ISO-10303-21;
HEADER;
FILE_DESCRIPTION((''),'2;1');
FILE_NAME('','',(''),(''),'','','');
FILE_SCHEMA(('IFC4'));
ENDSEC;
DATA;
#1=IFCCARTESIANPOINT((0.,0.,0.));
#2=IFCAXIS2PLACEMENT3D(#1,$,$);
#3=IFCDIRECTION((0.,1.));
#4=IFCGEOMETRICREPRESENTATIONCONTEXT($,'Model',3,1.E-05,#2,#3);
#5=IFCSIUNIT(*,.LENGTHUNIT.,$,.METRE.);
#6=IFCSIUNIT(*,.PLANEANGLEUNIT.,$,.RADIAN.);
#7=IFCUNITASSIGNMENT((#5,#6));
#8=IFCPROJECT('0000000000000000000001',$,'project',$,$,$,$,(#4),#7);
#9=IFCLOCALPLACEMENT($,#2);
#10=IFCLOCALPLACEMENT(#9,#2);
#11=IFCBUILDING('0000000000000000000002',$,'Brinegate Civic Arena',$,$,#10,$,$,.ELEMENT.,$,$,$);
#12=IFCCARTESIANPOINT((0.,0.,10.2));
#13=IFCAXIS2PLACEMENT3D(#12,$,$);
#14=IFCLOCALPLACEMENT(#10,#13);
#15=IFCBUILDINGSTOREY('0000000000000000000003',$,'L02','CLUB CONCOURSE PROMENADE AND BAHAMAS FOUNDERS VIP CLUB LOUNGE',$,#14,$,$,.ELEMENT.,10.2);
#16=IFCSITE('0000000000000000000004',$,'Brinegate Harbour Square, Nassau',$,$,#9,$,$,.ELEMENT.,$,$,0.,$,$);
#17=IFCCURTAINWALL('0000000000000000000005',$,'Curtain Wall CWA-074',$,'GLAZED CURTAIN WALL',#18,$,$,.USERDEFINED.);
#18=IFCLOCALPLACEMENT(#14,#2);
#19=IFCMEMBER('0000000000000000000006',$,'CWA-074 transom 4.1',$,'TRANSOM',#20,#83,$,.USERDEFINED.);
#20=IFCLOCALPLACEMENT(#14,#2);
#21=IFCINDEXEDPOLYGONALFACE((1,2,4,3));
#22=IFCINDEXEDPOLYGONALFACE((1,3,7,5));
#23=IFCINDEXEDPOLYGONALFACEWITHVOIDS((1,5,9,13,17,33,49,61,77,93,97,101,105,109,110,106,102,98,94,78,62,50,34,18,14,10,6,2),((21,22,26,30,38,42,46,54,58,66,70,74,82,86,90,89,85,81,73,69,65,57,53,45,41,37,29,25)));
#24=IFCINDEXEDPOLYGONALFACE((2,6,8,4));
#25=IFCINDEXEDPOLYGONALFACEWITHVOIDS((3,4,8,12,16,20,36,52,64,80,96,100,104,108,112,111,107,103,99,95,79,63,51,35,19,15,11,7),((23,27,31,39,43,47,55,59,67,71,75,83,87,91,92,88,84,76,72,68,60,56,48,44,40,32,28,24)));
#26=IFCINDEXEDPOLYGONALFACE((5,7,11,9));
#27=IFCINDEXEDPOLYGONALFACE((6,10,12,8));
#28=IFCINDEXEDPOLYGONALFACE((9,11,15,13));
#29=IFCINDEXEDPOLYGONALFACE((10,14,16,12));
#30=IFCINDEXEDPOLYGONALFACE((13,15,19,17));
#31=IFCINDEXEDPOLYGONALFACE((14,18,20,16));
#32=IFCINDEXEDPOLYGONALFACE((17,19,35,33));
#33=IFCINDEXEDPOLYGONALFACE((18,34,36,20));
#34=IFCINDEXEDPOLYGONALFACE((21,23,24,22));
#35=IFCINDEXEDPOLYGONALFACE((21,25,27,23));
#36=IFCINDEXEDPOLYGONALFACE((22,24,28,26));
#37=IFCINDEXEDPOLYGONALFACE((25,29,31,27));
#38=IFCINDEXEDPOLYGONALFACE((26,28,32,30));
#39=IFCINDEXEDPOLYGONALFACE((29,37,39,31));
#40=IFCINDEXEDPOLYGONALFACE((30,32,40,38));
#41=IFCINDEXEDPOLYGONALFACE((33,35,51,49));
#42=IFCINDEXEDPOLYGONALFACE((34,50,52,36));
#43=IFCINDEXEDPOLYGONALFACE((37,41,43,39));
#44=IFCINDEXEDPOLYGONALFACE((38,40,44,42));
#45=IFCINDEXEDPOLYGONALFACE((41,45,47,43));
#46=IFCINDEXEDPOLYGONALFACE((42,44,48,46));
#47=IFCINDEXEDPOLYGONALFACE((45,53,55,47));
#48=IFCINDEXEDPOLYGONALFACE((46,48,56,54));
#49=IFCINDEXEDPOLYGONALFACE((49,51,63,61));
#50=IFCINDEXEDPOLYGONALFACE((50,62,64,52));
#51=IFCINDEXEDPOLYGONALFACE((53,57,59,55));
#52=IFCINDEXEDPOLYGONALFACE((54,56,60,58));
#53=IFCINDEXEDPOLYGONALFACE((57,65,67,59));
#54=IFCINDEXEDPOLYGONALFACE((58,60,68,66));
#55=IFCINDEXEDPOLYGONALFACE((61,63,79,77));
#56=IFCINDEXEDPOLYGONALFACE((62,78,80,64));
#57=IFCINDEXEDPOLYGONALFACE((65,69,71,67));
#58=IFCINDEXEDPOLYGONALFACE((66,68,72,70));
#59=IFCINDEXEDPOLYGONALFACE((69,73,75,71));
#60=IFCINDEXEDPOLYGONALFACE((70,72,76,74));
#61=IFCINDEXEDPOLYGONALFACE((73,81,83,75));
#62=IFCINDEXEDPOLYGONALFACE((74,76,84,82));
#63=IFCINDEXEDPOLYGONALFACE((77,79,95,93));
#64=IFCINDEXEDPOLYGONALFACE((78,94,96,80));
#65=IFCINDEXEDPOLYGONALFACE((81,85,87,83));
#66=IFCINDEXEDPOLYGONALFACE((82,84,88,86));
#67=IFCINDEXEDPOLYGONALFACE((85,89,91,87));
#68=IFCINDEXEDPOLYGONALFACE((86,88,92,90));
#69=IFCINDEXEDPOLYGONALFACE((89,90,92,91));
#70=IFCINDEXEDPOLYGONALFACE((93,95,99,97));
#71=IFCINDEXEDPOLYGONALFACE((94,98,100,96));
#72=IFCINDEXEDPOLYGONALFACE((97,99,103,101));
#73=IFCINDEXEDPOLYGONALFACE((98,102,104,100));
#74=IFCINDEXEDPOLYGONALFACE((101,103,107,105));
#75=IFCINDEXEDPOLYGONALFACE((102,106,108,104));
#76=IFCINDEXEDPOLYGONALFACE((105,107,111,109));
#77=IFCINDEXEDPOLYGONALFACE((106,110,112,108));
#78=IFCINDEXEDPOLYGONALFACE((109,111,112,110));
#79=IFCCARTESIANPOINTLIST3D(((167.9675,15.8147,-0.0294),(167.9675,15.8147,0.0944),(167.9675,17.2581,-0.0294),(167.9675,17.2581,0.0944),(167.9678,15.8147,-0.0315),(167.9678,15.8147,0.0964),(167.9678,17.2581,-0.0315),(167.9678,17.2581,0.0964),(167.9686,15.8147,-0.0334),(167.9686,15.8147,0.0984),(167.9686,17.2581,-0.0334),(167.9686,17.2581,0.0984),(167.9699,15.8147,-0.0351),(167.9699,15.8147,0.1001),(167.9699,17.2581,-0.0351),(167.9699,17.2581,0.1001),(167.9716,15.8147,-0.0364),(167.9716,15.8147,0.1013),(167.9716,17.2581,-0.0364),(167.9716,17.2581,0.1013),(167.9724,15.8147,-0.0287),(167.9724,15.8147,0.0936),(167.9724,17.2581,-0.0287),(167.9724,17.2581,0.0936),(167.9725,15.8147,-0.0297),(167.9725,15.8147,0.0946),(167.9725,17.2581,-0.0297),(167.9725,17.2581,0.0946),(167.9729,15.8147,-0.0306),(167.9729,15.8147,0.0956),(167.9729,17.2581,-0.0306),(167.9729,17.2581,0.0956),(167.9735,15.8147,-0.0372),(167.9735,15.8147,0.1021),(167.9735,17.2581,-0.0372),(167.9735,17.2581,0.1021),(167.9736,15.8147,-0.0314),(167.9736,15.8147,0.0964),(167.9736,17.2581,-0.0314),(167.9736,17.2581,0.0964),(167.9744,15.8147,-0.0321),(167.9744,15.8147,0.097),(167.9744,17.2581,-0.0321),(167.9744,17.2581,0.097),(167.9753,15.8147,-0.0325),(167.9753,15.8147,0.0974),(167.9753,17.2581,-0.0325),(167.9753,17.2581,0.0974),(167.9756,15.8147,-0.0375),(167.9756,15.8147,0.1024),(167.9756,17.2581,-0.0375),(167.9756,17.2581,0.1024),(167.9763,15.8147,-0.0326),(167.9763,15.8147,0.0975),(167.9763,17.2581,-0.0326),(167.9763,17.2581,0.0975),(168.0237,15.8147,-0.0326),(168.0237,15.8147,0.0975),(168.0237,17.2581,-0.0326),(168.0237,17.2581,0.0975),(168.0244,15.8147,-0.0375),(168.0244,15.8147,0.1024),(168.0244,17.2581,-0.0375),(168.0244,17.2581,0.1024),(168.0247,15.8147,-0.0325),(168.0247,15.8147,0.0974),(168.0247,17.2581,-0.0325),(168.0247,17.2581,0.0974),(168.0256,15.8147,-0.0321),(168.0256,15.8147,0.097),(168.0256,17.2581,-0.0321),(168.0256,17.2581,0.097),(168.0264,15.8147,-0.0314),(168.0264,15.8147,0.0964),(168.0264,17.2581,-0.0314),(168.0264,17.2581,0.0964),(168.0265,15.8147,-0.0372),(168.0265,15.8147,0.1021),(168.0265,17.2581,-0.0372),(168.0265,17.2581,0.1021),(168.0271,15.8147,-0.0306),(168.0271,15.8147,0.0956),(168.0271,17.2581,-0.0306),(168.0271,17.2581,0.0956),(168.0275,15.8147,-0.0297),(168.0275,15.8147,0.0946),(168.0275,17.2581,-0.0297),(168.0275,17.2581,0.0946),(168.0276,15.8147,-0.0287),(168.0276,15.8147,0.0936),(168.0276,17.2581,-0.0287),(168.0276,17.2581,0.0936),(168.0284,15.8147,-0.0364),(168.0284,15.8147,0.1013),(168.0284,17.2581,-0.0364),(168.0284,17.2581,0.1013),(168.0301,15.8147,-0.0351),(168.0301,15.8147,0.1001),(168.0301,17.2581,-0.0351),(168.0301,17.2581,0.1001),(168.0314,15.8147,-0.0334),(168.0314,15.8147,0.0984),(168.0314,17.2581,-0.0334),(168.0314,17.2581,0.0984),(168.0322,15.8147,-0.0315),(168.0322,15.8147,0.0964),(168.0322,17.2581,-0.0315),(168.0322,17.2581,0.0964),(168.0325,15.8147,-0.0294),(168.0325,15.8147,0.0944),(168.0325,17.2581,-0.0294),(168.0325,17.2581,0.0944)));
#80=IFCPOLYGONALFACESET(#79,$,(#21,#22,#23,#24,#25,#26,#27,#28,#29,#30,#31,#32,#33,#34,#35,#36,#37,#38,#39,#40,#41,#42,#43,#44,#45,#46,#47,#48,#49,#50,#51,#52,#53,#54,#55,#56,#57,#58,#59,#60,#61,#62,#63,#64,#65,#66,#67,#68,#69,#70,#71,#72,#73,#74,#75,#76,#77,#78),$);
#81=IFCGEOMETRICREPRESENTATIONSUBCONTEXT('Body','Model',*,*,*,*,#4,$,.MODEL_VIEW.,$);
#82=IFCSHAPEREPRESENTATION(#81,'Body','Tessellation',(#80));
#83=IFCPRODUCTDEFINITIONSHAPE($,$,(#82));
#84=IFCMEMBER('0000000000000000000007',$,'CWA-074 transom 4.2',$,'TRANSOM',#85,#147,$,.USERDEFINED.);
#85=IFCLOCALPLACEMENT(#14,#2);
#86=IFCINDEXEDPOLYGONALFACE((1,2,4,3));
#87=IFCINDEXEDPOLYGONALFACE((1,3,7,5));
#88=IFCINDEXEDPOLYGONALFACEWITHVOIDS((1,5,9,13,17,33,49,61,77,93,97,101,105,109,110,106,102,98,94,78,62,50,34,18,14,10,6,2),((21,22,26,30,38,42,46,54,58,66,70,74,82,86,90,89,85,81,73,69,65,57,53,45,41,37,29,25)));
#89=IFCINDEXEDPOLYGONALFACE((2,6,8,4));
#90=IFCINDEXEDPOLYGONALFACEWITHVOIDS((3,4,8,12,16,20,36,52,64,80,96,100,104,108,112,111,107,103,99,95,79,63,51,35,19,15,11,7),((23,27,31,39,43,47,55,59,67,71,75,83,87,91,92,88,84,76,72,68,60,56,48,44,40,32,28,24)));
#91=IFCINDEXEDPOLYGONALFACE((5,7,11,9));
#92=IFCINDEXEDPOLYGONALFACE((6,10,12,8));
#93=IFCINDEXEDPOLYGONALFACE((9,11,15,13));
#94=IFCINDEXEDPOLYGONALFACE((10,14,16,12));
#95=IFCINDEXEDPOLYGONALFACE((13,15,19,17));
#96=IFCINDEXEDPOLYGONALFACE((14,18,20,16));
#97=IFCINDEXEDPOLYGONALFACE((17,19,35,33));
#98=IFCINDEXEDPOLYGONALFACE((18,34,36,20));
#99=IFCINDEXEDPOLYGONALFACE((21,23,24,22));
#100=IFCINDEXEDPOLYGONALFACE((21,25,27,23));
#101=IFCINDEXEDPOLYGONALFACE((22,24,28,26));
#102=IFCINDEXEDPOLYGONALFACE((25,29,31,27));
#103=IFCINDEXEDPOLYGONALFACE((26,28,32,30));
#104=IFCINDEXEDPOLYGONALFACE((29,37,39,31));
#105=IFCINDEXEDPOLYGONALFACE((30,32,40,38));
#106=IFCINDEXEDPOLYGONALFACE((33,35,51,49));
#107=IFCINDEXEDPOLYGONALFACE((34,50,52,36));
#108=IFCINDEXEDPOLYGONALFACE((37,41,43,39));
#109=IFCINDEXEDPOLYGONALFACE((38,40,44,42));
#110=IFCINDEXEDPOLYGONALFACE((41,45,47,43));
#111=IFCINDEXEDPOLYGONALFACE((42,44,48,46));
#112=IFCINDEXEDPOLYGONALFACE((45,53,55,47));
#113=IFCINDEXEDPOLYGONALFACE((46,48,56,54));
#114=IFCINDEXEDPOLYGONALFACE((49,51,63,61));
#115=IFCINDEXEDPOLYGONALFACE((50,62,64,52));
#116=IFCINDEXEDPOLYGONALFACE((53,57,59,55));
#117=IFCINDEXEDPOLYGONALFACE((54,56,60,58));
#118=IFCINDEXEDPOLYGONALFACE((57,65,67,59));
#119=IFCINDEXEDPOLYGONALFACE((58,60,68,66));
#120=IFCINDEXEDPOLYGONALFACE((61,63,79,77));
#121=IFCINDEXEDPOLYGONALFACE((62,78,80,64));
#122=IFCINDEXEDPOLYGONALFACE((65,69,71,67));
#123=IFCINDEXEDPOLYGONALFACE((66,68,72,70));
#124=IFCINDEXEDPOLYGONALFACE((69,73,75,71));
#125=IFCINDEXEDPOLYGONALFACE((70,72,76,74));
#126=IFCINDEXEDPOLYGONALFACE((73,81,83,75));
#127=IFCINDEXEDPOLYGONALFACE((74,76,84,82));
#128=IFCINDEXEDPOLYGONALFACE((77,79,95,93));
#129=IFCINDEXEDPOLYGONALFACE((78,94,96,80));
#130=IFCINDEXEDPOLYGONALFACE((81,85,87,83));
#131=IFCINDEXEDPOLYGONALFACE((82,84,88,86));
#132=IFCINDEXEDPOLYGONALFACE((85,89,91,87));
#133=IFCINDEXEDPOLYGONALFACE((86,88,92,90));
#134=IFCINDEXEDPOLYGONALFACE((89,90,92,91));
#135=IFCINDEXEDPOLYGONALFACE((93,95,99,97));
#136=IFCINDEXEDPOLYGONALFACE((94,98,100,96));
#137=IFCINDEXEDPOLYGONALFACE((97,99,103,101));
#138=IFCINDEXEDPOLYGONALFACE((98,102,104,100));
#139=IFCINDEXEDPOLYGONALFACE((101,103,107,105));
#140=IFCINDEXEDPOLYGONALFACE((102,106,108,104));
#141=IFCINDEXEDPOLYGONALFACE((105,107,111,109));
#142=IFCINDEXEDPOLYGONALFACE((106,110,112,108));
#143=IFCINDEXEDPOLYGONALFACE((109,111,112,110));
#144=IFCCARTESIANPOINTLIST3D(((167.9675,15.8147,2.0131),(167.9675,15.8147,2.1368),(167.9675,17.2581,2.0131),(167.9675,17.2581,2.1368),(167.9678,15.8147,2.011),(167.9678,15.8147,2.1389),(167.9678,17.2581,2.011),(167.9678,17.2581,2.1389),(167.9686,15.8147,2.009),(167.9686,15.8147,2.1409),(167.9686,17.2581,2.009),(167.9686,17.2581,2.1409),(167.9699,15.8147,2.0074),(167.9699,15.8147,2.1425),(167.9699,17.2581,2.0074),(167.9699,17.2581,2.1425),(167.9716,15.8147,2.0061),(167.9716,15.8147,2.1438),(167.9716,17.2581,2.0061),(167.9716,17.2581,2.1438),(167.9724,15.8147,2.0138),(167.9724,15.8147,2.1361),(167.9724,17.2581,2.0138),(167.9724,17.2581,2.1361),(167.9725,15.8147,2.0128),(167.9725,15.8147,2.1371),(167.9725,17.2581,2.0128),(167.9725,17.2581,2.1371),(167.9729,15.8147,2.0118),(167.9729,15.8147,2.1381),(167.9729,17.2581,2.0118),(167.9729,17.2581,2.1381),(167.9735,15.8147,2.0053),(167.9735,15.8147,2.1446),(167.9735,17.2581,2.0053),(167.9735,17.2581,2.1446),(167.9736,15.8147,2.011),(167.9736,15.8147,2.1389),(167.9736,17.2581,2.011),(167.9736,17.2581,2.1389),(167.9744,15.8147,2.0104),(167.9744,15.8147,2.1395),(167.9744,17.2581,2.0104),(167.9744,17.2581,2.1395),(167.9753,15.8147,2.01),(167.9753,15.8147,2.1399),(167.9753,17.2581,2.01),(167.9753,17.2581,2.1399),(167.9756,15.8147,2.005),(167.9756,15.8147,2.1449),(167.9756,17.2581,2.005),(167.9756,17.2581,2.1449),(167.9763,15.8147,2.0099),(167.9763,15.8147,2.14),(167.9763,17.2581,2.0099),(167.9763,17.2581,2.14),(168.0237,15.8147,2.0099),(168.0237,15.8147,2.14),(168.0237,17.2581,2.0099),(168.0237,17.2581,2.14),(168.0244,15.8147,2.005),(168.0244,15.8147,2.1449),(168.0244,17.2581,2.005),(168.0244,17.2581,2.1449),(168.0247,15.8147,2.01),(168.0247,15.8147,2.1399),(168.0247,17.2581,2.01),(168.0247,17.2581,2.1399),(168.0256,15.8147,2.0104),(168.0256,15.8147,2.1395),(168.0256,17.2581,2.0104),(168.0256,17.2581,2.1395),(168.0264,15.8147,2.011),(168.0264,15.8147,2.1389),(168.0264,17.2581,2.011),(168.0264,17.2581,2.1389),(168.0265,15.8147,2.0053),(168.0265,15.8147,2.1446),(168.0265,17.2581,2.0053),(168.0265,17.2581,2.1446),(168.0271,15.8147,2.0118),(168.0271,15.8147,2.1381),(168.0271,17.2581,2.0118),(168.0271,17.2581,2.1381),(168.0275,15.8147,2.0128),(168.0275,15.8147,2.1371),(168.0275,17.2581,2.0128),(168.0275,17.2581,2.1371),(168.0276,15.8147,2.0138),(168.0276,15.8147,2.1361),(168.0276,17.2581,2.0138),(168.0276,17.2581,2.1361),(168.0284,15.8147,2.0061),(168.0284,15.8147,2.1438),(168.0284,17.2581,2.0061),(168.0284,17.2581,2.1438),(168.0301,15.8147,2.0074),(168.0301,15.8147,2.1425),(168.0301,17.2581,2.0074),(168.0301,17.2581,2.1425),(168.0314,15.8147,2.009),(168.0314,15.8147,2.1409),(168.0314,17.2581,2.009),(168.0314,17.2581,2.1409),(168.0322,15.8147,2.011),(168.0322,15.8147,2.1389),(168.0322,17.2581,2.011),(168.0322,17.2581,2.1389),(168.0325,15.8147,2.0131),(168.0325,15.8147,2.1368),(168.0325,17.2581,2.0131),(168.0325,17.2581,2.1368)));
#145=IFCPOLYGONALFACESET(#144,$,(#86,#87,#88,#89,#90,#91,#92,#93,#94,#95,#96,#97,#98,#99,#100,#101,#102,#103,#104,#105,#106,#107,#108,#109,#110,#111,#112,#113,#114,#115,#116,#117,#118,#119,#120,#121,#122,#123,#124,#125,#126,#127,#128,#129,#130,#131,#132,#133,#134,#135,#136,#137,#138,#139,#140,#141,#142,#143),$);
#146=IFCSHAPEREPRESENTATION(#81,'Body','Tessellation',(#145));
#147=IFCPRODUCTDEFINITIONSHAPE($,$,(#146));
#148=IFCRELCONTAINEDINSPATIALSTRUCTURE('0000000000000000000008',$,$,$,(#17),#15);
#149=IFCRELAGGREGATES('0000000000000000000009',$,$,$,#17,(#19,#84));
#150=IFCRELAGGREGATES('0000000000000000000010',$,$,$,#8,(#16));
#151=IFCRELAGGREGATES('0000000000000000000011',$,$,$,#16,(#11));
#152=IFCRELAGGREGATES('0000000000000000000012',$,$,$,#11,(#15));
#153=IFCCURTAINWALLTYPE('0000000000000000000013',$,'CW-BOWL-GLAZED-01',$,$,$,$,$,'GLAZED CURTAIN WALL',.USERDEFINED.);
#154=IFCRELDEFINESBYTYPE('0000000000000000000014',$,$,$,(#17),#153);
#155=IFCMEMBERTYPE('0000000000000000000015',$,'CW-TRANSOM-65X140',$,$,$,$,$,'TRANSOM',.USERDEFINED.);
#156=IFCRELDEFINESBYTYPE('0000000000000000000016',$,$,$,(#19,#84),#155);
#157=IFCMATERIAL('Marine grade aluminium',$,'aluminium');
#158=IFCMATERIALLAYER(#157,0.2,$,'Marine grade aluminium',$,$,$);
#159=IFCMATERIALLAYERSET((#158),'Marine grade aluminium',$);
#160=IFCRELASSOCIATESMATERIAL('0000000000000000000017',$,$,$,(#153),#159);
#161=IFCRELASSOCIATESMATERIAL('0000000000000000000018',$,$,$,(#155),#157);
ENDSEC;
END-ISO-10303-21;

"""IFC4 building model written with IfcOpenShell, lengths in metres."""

from ifc_helpers import new_model, si_unit, direction, frame, origin, origin_2d, place, context, subcontext, project, spatial, hollow_rectangle, extrude, material, layer, layer_set, material_profile, profile_set, type_object, element, aggregate, save


model = new_model("IFC4")

# Units and contexts
model_context = context("Model", 3, precision=1e-05, world=origin(), true_north=direction((0.0, 1.0)))
body_context = subcontext(model_context, "Body", "Model", "MODEL_VIEW")
ifc_project = project(units=[si_unit("LENGTHUNIT", "METRE"), si_unit("PLANEANGLEUNIT", "RADIAN")], contexts=[model_context])

# Site, building, storey
site_placement = place(None, origin())
site = spatial("IfcSite", under=ifc_project, at=site_placement, Name="Brinegate Harbour Square, Nassau", CompositionType="ELEMENT", RefElevation=0.0)
building_placement = place(site_placement, origin())
building = spatial("IfcBuilding", under=site, at=building_placement, Name="Brinegate Civic Arena", CompositionType="ELEMENT")
storey_placement = place(building_placement, frame((0.0, 0.0, 10.2)))
storey = spatial("IfcBuildingStorey", under=building, at=storey_placement, Name="L02", Description="CLUB CONCOURSE PROMENADE AND BAHAMAS FOUNDERS VIP CLUB LOUNGE", CompositionType="ELEMENT", Elevation=10.2)

# Shared definitions
ifc_material_1 = material(Name="Marine grade aluminium", Category="aluminium")
ifc_layer_1 = layer(ifc_material_1, 0.2, Name="Marine grade aluminium")
ifc_layer_set_1 = layer_set([ifc_layer_1], Name="Marine grade aluminium")
curtain_wall_type = type_object("IfcCurtainWallType", Name="CW-BOWL-GLAZED-01", ElementType="GLAZED CURTAIN WALL", PredefinedType="USERDEFINED", material=ifc_layer_set_1)

# Curtain wall, members
curtain_wall_1_placement = place(storey_placement, origin())
curtain_wall_1 = element("IfcCurtainWall", 1, at=curtain_wall_1_placement, inside=storey, type_object=curtain_wall_type, Name="Curtain Wall CWA-074", ObjectType="GLAZED CURTAIN WALL", PredefinedType="USERDEFINED")
ifc_material_profile_1 = material_profile(ifc_material_1, hollow_rectangle(XDim=0.0649, YDim=0.1399, WallThickness=0.0049, InnerFilletRadius=0.0039, OuterFilletRadius=0.0081, at=origin_2d()), Name="TRN65X140")
ifc_profile_set_1 = profile_set([ifc_material_profile_1], Name="Marine grade aluminium")
member_type_1 = type_object("IfcMemberType", Name="CW-TRANSOM-65X140", ElementType="TRANSOM", PredefinedType="USERDEFINED", material=ifc_profile_set_1)
member_1_placement = place(storey_placement, frame((168.0, 15.8147, 0.0325), z_axis=(0.0, 1.0, 0.0), x_axis=(-1.0, 0.0, 0.0)))
member_1 = element("IfcMember", 2, at=member_1_placement, type_object=member_type_1, Name="CWA-074 transom 4.1", ObjectType="TRANSOM", PredefinedType="USERDEFINED", context=body_context, shape_type="SweptSolid", body=[
    extrude(hollow_rectangle(XDim=0.0649, YDim=0.1399, WallThickness=0.0049, InnerFilletRadius=0.0039, OuterFilletRadius=0.0081, at=origin_2d()), origin(), (0.0, 0.0, 1.0), 1.4434),
])
member_2_placement = place(storey_placement, frame((168.0, 15.8147, 2.075), z_axis=(0.0, 1.0, 0.0), x_axis=(-1.0, 0.0, 0.0)))
member_2 = element("IfcMember", 3, at=member_2_placement, type_object=member_type_1, Name="CWA-074 transom 4.2", ObjectType="TRANSOM", PredefinedType="USERDEFINED", context=body_context, shape_type="SweptSolid", body=[
    extrude(hollow_rectangle(XDim=0.0649, YDim=0.1399, WallThickness=0.0049, InnerFilletRadius=0.0039, OuterFilletRadius=0.0081, at=origin_2d()), origin(), (0.0, 0.0, 1.0), 1.4434),
])

aggregate(curtain_wall_1, [member_1, member_2])

save(model, "model.ifc")
